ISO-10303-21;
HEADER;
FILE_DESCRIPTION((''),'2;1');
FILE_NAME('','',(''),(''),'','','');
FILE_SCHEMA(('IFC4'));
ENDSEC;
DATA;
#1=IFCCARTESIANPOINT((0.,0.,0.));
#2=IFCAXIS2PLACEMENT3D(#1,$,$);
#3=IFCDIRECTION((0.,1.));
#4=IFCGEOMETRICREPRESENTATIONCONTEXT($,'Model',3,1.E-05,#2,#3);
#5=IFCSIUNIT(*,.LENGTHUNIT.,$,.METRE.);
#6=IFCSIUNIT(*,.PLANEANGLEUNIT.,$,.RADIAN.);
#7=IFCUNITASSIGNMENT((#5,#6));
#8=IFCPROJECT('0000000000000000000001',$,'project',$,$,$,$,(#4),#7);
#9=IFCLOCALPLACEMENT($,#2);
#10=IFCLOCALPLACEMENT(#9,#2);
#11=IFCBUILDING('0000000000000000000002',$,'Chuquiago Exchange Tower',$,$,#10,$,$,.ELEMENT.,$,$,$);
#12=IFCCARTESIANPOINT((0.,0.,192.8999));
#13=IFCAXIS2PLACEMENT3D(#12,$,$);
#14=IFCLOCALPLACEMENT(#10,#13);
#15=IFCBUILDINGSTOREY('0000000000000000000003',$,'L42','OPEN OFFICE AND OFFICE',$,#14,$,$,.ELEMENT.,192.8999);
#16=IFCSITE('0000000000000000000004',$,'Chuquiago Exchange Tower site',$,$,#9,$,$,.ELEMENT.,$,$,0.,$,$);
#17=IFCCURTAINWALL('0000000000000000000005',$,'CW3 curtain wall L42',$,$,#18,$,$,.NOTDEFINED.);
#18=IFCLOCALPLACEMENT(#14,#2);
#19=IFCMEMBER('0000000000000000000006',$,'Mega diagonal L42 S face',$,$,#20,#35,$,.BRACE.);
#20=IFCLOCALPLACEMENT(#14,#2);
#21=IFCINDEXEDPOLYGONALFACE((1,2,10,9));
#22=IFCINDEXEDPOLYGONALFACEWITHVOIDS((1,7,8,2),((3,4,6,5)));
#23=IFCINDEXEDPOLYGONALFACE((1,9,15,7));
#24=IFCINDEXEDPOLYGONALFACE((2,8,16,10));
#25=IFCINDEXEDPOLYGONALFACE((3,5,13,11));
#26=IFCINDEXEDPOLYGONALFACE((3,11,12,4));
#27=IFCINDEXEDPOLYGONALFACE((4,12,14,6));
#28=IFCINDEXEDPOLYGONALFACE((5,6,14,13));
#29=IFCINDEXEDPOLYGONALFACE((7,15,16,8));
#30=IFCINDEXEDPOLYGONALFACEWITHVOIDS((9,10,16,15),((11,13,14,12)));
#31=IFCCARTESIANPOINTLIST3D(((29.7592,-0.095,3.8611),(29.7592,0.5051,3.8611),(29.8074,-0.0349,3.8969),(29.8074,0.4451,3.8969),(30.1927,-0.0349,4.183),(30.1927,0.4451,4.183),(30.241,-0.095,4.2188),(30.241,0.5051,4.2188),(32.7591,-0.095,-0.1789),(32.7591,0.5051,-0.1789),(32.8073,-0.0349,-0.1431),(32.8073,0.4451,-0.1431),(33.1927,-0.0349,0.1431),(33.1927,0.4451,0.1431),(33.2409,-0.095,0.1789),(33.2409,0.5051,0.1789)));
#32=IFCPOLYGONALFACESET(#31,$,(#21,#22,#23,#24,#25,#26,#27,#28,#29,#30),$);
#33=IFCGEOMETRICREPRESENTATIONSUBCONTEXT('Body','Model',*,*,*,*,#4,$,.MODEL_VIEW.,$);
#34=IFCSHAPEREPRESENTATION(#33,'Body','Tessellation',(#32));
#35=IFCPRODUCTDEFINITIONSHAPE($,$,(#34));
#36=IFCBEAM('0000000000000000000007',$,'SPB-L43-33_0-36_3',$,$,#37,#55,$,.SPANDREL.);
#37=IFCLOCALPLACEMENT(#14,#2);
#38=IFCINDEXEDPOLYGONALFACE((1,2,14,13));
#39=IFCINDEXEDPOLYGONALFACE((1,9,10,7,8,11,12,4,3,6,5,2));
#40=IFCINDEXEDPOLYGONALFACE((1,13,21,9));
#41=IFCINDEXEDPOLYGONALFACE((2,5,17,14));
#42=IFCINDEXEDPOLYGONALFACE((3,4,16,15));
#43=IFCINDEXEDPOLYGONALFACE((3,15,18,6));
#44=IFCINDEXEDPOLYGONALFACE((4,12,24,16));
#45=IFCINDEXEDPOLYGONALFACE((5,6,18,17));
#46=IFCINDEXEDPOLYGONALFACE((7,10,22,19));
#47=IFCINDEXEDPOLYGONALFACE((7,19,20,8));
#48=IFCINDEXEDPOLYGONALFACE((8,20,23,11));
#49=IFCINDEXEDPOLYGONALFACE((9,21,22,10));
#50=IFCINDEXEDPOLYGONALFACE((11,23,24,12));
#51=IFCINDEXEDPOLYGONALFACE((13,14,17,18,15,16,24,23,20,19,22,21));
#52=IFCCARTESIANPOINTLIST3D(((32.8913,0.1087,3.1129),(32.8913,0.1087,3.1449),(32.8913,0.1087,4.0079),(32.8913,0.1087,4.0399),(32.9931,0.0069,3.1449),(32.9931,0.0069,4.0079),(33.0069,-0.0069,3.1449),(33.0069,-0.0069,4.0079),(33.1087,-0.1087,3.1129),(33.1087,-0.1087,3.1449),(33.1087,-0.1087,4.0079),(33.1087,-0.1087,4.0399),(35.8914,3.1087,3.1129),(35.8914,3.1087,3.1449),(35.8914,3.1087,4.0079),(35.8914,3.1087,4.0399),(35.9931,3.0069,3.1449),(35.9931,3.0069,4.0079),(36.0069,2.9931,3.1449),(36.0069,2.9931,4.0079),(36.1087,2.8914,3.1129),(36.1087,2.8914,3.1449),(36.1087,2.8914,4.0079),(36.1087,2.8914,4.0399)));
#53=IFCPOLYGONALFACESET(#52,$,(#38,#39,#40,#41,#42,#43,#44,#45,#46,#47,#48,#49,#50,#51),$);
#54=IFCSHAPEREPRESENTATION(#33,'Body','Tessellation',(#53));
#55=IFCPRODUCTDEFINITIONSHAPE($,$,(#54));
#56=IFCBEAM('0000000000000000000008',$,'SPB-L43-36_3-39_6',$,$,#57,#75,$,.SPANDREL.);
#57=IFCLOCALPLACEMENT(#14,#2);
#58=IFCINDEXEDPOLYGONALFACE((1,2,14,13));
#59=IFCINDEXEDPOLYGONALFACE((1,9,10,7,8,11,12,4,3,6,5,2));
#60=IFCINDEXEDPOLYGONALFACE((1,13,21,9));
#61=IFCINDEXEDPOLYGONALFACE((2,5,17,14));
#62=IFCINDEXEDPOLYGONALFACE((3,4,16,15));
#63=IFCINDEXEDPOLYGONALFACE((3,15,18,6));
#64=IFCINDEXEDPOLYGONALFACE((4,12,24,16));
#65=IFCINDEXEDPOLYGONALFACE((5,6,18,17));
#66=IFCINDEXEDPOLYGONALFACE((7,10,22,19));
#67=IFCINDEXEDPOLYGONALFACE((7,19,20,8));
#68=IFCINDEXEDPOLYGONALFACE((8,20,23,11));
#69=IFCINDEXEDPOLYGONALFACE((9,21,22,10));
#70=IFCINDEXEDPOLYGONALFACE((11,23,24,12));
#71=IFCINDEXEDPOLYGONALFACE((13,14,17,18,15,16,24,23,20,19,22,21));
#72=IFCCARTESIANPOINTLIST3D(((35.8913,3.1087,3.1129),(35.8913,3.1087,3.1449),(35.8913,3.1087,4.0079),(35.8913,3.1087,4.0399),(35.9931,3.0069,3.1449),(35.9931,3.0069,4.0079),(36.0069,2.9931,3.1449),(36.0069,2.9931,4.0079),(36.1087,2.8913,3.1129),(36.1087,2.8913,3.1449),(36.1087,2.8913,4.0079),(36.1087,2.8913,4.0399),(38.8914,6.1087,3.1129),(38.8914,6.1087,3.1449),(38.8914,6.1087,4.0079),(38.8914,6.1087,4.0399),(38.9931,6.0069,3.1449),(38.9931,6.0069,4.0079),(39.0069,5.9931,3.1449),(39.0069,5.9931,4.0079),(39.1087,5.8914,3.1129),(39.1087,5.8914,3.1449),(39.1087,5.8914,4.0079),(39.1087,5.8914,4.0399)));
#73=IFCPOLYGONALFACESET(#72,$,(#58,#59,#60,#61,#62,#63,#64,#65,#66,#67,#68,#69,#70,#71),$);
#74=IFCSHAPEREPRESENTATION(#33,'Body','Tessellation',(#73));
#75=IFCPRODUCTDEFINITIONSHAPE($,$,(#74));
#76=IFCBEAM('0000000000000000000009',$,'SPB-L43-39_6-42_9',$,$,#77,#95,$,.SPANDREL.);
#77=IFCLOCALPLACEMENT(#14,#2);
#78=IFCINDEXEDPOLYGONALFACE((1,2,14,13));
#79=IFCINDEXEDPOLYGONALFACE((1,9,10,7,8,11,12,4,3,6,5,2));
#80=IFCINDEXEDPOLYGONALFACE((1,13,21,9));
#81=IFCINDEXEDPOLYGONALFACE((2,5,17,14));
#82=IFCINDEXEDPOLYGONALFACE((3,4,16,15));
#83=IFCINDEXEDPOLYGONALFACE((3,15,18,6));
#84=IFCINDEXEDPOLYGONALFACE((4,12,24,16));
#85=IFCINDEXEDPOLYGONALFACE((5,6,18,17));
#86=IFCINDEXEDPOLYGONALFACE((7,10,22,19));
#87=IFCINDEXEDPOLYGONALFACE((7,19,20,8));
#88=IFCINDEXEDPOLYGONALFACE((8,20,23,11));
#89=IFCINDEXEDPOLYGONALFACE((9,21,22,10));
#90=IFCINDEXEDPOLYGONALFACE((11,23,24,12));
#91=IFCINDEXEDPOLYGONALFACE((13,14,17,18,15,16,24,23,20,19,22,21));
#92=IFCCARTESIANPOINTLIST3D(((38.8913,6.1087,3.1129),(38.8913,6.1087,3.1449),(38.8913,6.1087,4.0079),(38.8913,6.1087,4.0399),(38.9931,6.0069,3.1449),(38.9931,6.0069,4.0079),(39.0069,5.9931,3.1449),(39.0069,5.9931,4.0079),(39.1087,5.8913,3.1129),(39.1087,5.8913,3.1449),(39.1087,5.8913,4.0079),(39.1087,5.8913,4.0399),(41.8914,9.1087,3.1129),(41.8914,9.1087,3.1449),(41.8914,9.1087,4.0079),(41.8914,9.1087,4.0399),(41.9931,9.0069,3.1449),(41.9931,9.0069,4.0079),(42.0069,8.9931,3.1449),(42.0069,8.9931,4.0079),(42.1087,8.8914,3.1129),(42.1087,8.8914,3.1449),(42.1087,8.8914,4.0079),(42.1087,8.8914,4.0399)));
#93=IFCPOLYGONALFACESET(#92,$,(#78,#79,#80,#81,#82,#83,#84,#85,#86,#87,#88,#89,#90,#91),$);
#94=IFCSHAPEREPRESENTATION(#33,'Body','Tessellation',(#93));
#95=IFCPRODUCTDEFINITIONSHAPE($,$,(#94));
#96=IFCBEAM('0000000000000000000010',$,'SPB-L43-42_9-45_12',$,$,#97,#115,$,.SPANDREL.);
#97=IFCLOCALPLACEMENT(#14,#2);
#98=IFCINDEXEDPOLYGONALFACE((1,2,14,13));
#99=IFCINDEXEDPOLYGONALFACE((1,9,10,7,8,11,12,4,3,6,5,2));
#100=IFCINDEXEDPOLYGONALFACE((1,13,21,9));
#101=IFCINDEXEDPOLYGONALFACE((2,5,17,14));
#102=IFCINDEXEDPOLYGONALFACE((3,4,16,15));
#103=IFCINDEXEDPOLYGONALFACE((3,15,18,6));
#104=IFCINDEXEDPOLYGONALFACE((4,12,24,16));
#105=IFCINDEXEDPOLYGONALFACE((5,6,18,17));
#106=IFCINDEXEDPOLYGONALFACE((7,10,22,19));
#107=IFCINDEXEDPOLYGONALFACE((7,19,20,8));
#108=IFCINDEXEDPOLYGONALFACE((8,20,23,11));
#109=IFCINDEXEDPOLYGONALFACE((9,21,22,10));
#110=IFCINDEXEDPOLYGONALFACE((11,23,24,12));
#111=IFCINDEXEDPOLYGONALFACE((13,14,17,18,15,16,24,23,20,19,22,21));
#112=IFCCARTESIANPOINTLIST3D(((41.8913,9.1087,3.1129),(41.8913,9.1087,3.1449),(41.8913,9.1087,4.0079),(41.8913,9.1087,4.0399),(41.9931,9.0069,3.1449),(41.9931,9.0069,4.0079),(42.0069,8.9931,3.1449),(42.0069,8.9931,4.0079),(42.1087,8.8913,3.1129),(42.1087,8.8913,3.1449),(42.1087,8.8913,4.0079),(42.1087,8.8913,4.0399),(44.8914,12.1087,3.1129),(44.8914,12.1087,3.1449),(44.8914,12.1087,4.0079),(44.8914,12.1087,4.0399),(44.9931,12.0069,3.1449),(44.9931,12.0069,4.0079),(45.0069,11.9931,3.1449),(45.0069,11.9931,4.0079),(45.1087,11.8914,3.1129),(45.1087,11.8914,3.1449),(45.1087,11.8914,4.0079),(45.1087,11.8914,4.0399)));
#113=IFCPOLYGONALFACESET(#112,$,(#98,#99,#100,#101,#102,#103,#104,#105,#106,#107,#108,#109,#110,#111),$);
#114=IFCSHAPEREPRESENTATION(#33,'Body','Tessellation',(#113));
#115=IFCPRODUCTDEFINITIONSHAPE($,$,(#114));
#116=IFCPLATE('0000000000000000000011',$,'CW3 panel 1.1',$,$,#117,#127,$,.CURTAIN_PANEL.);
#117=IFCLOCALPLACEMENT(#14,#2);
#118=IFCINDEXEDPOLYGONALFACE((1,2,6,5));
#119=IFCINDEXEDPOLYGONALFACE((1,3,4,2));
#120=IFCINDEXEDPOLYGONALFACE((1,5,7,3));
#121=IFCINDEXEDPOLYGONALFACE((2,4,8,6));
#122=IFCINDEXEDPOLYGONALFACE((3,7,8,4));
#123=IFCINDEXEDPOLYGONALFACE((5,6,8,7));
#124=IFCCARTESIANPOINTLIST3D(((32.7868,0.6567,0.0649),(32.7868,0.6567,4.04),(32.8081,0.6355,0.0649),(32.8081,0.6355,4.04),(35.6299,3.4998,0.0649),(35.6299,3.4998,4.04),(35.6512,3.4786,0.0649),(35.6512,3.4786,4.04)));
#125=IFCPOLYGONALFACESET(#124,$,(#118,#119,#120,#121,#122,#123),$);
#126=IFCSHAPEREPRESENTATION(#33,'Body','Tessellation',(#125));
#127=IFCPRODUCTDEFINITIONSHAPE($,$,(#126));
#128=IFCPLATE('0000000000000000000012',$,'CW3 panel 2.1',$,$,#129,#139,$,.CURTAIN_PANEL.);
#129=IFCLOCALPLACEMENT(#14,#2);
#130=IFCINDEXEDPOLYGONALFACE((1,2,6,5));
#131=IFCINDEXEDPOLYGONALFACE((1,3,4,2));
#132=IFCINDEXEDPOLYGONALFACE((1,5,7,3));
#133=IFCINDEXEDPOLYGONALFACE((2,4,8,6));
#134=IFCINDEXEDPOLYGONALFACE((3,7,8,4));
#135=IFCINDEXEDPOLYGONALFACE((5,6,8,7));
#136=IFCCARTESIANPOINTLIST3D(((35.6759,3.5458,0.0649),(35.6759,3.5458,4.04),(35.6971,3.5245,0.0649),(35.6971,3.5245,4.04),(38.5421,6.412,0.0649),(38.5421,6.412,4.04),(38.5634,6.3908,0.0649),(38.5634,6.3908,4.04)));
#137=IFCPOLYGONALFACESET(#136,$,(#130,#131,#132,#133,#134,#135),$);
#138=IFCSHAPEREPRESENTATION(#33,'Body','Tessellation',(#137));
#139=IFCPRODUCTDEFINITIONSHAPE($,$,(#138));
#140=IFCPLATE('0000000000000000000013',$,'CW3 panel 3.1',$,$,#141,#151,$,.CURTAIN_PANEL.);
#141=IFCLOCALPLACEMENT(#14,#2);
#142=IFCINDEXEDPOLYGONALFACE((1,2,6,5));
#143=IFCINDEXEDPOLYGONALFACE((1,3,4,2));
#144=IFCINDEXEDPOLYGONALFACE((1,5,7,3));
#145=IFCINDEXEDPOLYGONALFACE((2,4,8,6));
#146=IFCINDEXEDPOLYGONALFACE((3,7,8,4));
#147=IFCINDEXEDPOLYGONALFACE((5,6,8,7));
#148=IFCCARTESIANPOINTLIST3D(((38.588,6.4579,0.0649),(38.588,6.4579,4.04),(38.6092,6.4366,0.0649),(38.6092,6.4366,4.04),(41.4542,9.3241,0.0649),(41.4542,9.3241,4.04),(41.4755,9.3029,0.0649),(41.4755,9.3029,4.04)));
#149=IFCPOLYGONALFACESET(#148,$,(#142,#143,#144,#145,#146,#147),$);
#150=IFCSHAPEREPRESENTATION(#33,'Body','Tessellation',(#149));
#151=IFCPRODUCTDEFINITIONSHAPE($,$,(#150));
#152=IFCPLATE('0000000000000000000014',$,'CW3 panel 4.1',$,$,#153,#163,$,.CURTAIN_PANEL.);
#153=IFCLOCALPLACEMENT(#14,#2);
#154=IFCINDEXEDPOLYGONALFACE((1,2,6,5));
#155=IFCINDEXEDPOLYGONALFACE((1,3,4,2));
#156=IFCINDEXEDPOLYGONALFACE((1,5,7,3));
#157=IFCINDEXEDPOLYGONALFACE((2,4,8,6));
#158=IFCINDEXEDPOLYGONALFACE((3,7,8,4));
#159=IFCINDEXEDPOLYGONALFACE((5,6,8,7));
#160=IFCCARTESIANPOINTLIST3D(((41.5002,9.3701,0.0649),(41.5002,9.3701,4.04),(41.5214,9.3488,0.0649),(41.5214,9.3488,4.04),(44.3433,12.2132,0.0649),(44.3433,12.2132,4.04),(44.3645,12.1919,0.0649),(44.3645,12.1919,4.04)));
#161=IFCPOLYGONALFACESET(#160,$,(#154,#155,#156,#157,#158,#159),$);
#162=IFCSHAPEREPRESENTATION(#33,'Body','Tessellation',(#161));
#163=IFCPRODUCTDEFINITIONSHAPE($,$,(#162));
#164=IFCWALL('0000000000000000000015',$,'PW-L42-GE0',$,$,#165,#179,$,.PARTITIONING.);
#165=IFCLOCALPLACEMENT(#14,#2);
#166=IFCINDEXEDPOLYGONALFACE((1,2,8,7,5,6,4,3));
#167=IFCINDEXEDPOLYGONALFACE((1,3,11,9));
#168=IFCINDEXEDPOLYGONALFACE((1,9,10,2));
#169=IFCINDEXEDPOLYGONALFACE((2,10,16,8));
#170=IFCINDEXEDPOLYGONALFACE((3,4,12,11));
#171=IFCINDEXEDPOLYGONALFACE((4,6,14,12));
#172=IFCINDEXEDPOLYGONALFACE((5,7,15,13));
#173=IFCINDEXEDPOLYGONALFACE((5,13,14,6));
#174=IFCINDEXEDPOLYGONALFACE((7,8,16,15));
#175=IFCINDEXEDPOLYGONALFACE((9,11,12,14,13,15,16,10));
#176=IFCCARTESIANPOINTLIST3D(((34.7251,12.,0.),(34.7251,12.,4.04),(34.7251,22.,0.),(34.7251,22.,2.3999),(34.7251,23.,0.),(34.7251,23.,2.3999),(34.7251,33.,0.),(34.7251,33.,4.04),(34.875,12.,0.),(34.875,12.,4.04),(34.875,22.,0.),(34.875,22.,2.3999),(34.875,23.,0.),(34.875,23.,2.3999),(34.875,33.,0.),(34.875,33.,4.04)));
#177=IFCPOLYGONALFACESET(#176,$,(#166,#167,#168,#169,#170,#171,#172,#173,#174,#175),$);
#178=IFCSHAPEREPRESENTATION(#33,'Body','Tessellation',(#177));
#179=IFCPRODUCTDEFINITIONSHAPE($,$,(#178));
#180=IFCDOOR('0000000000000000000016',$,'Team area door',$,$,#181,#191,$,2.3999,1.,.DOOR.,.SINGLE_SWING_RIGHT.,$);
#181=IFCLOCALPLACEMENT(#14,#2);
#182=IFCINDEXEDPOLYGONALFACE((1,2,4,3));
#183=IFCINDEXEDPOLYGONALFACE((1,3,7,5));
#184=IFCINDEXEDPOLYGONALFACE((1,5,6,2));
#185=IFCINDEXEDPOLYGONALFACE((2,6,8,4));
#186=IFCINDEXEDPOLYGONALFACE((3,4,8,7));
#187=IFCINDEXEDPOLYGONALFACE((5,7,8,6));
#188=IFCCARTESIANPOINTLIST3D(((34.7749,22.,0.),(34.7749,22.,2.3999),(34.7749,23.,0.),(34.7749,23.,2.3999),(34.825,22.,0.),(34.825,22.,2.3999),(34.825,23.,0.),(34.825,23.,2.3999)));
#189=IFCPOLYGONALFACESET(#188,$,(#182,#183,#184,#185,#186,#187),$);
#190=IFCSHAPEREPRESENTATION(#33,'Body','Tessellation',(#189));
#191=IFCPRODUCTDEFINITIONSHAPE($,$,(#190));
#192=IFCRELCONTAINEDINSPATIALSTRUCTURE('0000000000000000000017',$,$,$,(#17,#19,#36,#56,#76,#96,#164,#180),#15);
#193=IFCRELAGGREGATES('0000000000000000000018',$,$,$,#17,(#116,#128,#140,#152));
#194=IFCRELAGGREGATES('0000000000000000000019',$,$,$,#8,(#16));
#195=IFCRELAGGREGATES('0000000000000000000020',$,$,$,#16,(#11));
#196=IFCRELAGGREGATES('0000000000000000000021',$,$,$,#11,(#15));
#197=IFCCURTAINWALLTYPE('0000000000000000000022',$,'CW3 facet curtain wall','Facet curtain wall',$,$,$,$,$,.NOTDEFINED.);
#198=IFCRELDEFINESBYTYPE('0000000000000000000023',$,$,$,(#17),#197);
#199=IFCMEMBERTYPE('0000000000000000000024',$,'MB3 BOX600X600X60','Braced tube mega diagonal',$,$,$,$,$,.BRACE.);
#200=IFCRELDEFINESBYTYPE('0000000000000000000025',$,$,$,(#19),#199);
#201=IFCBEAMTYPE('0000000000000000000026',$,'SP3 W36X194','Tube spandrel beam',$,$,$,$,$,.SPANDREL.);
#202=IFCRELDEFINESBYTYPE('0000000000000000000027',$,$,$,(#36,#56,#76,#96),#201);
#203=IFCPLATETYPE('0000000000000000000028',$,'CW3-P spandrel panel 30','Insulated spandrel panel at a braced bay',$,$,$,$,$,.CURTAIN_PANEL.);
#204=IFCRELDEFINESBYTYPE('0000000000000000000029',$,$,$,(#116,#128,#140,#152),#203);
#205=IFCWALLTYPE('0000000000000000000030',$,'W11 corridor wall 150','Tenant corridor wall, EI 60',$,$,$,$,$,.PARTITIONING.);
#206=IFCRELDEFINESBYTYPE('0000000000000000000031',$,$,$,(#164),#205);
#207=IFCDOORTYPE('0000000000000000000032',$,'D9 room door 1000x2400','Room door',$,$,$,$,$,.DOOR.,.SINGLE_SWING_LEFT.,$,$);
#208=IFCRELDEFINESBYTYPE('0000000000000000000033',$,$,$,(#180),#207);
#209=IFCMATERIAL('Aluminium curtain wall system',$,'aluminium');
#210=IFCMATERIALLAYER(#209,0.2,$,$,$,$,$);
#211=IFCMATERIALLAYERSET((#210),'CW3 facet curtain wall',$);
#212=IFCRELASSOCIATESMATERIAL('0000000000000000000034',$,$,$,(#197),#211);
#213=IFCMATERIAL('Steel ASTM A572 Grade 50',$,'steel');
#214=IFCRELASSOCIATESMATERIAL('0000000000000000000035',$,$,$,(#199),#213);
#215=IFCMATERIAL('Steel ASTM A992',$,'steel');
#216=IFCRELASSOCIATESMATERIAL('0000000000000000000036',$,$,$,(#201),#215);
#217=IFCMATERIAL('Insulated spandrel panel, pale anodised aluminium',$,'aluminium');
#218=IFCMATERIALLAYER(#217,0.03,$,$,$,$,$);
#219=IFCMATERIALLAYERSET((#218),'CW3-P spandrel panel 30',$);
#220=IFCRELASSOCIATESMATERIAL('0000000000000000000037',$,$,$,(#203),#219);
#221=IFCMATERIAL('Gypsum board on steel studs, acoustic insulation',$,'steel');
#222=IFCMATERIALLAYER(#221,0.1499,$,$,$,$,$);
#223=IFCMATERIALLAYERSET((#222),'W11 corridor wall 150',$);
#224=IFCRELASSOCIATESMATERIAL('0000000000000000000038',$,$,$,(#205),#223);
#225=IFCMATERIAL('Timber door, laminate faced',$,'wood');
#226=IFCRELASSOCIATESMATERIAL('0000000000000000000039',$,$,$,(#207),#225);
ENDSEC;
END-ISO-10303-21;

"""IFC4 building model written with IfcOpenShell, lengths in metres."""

from ifc_helpers import new_model, si_unit, direction, frame, frame_2d, origin, origin_2d, place, context, subcontext, project, spatial, rectangle, hollow_rectangle, i_section, extrude, material, layer, layer_set, material_profile, profile_set, type_object, element, fill, aggregate, save


model = new_model("IFC4")

# Units and contexts
model_context = context("Model", 3, precision=1e-05, world=origin(), true_north=direction((0.0, 1.0)))
body_context = subcontext(model_context, "Body", "Model", "MODEL_VIEW")
ifc_project = project(units=[si_unit("LENGTHUNIT", "METRE"), si_unit("PLANEANGLEUNIT", "RADIAN")], contexts=[model_context])

# Site, building, storey
site_placement = place(None, origin())
site = spatial("IfcSite", under=ifc_project, at=site_placement, Name="Chuquiago Exchange Tower site", CompositionType="ELEMENT", RefElevation=0.0)
building_placement = place(site_placement, origin())
building = spatial("IfcBuilding", under=site, at=building_placement, Name="Chuquiago Exchange Tower", CompositionType="ELEMENT")
storey_placement = place(building_placement, frame((0.0, 0.0, 192.8999)))
storey = spatial("IfcBuildingStorey", under=building, at=storey_placement, Name="L42", Description="OPEN OFFICE AND OFFICE", CompositionType="ELEMENT", Elevation=192.8999)

# Curtain wall
ifc_material_1 = material(Name="Aluminium curtain wall system", Category="aluminium")
ifc_layer_1 = layer(ifc_material_1, 0.2)
ifc_layer_set_1 = layer_set([ifc_layer_1], Name="CW3 facet curtain wall")
curtain_wall_type = type_object("IfcCurtainWallType", Name="CW3 facet curtain wall", Description="Facet curtain wall", PredefinedType="NOTDEFINED", material=ifc_layer_set_1)
curtain_wall_placement = place(storey_placement, origin())
curtain_wall = element("IfcCurtainWall", 1, at=curtain_wall_placement, inside=storey, type_object=curtain_wall_type, Name="CW3 curtain wall L42", PredefinedType="NOTDEFINED")

# Member
ifc_material_2 = material(Name="Steel ASTM A572 Grade 50", Category="steel")
ifc_material_profile_1 = material_profile(ifc_material_2, hollow_rectangle(XDim=0.6001, YDim=0.6001, WallThickness=0.0601, at=origin_2d()), Name="BOX600X600X60")
ifc_profile_set_1 = profile_set([ifc_material_profile_1], Name="Steel ASTM A572 Grade 50")
member_type_1 = type_object("IfcMemberType", Name="MB3 BOX600X600X60", Description="Braced tube mega diagonal", PredefinedType="BRACE", material=ifc_profile_set_1)
member_1_placement = place(storey_placement, frame((33.0, 0.2051, 0.0), z_axis=(-0.596174, 0.0, 0.802855), x_axis=(0.0, -1.0, 0.0)))
element("IfcMember", 2, at=member_1_placement, inside=storey, type_object=member_type_1, Name="Mega diagonal L42 S face", PredefinedType="BRACE", context=body_context, shape_type="SweptSolid", body=[
    extrude(hollow_rectangle(XDim=0.6001, YDim=0.6001, WallThickness=0.0601, at=origin_2d()), origin(), (0.0, 0.0, 1.0), 5.032),
])

# Beams
ifc_material_3 = material(Name="Steel ASTM A992", Category="steel")
ifc_material_profile_2 = material_profile(ifc_material_3, i_section(OverallWidth=0.3074, OverallDepth=0.927, WebThickness=0.0195, FlangeThickness=0.032, at=origin_2d()), Name="W36X194")
ifc_profile_set_2 = profile_set([ifc_material_profile_2], Name="Steel ASTM A992")
beam_type_1 = type_object("IfcBeamType", Name="SP3 W36X194", Description="Tube spandrel beam", PredefinedType="SPANDREL", material=ifc_profile_set_2)
for number, where, z_axis, x_axis, name in (
    (3, (33.0, 0.0, 3.5764), (0.707107, 0.707107, 0.0), (-0.707107, 0.707107, 0.0), "SPB-L43-33_0-36_3"),
    (4, (36.0, 3.0, 3.5764), (0.707107, 0.707107, 0.0), (-0.707107, 0.707107, 0.0), "SPB-L43-36_3-39_6"),
    (5, (39.0, 6.0, 3.5764), (0.707107, 0.707107, 0.0), (-0.707107, 0.707107, 0.0), "SPB-L43-39_6-42_9"),
    (6, (42.0, 9.0, 3.5764), (0.707107, 0.707107, 0.0), (-0.707107, 0.707107, 0.0), "SPB-L43-42_9-45_12"),
):
    element("IfcBeam", number, at=place(storey_placement, frame(where, z_axis=z_axis, x_axis=x_axis)), inside=storey, type_object=beam_type_1, Name=name, PredefinedType="SPANDREL", context=body_context, shape_type="SweptSolid", body=[
        extrude(i_section(OverallWidth=0.3074, OverallDepth=0.927, WebThickness=0.0195, FlangeThickness=0.032, at=origin_2d()), origin(), (0.0, 0.0, 1.0), 4.2427),
    ])

# Plates
ifc_material_4 = material(Name="Insulated spandrel panel, pale anodised aluminium", Category="aluminium")
ifc_layer_2 = layer(ifc_material_4, 0.03)
ifc_layer_set_2 = layer_set([ifc_layer_2], Name="CW3-P spandrel panel 30")
plate_type = type_object("IfcPlateType", Name="CW3-P spandrel panel 30", Description="Insulated spandrel panel at a braced bay", PredefinedType="CURTAIN_PANEL", material=ifc_layer_set_2)
plate_1_placement = place(storey_placement, frame((34.219, 2.0676, 0.0649), z_axis=(0.0, 0.0, 1.0), x_axis=(0.707107, 0.707107, 0.0)))
plate_1 = element("IfcPlate", 7, at=plate_1_placement, type_object=plate_type, Name="CW3 panel 1.1", PredefinedType="CURTAIN_PANEL", context=body_context, shape_type="SweptSolid", body=[
    extrude(rectangle(XDim=4.0208, YDim=0.03, at=origin_2d()), origin(), (0.0, 0.0, 1.0), 3.9751),
])
plate_2_placement = place(storey_placement, frame((37.1196, 4.9683, 0.0649), z_axis=(0.0, 0.0, 1.0), x_axis=(0.707107, 0.707107, 0.0)))
plate_2 = element("IfcPlate", 8, at=plate_2_placement, type_object=plate_type, Name="CW3 panel 2.1", PredefinedType="CURTAIN_PANEL", context=body_context, shape_type="SweptSolid", body=[
    extrude(rectangle(XDim=4.0535, YDim=0.03, at=origin_2d()), origin(), (0.0, 0.0, 1.0), 3.9751),
])
plate_3_placement = place(storey_placement, frame((40.0317, 7.8804, 0.0649), z_axis=(0.0, 0.0, 1.0), x_axis=(0.707107, 0.707107, 0.0)))
plate_3 = element("IfcPlate", 9, at=plate_3_placement, type_object=plate_type, Name="CW3 panel 3.1", PredefinedType="CURTAIN_PANEL", context=body_context, shape_type="SweptSolid", body=[
    extrude(rectangle(XDim=4.0535, YDim=0.03, at=origin_2d()), origin(), (0.0, 0.0, 1.0), 3.9751),
])
plate_4_placement = place(storey_placement, frame((42.9324, 10.781, 0.0649), z_axis=(0.0, 0.0, 1.0), x_axis=(0.707107, 0.707107, 0.0)))
plate_4 = element("IfcPlate", 10, at=plate_4_placement, type_object=plate_type, Name="CW3 panel 4.1", PredefinedType="CURTAIN_PANEL", context=body_context, shape_type="SweptSolid", body=[
    extrude(rectangle(XDim=4.0208, YDim=0.03, at=origin_2d()), origin(), (0.0, 0.0, 1.0), 3.9751),
])
aggregate(curtain_wall, [plate_1, plate_2, plate_3, plate_4])

# Wall, opening, door
ifc_material_5 = material(Name="Gypsum board on steel studs, acoustic insulation", Category="steel")
ifc_layer_3 = layer(ifc_material_5, 0.1499)
ifc_layer_set_3 = layer_set([ifc_layer_3], Name="W11 corridor wall 150")
wall_type = type_object("IfcWallType", Name="W11 corridor wall 150", Description="Tenant corridor wall, EI 60", PredefinedType="PARTITIONING", material=ifc_layer_set_3)
wall_1_placement = place(storey_placement, frame((34.8, 12.0, 0.0), z_axis=(0.0, 0.0, 1.0), x_axis=(0.0, 1.0, 0.0)))
wall_1 = element("IfcWall", 11, at=wall_1_placement, inside=storey, type_object=wall_type, Name="PW-L42-GE0", PredefinedType="PARTITIONING", context=body_context, shape_type="SweptSolid", body=[
    extrude(rectangle(XDim=21.0, YDim=0.1499, at=frame_2d((10.5, 0.0))), origin(), (0.0, 0.0, 1.0), 4.04),
])
opening_placement = place(wall_1_placement, frame((10.0, 0.0, 0.0)))
opening = element("IfcOpeningElement", 12, at=opening_placement, cuts=wall_1, PredefinedType="OPENING", context=body_context, shape_type="SweptSolid", body=[
    extrude(rectangle(XDim=1.0, YDim=2.3999, at=frame_2d((0.5, 1.2))), frame((0.0, 0.085, 0.0), z_axis=(0.0, -1.0, 0.0), x_axis=(1.0, 0.0, 0.0)), (0.0, 0.0, 1.0), 0.1699),
])
ifc_material_6 = material(Name="Timber door, laminate faced", Category="wood")
door_type = type_object("IfcDoorType", Name="D9 room door 1000x2400", Description="Room door", OperationType="SINGLE_SWING_LEFT", PredefinedType="DOOR", material=ifc_material_6)
door_placement = place(opening_placement, frame((1.0, 0.0, 0.0), z_axis=(0.0, 0.0, 1.0), x_axis=(-1.0, 0.0, 0.0)))
door = element("IfcDoor", 13, at=door_placement, inside=storey, type_object=door_type, Name="Team area door", OperationType="SINGLE_SWING_RIGHT", OverallHeight=2.3999, OverallWidth=1.0, PredefinedType="DOOR", context=body_context, shape_type="SweptSolid", body=[
    extrude(rectangle(XDim=1.0, YDim=2.3999, at=frame_2d((0.5, 1.2))), frame((0.0, 0.0249, 0.0), z_axis=(0.0, -1.0, 0.0), x_axis=(1.0, 0.0, 0.0)), (0.0, 0.0, 1.0), 0.05),
])
fill(opening, door)

save(model, "model.ifc")
